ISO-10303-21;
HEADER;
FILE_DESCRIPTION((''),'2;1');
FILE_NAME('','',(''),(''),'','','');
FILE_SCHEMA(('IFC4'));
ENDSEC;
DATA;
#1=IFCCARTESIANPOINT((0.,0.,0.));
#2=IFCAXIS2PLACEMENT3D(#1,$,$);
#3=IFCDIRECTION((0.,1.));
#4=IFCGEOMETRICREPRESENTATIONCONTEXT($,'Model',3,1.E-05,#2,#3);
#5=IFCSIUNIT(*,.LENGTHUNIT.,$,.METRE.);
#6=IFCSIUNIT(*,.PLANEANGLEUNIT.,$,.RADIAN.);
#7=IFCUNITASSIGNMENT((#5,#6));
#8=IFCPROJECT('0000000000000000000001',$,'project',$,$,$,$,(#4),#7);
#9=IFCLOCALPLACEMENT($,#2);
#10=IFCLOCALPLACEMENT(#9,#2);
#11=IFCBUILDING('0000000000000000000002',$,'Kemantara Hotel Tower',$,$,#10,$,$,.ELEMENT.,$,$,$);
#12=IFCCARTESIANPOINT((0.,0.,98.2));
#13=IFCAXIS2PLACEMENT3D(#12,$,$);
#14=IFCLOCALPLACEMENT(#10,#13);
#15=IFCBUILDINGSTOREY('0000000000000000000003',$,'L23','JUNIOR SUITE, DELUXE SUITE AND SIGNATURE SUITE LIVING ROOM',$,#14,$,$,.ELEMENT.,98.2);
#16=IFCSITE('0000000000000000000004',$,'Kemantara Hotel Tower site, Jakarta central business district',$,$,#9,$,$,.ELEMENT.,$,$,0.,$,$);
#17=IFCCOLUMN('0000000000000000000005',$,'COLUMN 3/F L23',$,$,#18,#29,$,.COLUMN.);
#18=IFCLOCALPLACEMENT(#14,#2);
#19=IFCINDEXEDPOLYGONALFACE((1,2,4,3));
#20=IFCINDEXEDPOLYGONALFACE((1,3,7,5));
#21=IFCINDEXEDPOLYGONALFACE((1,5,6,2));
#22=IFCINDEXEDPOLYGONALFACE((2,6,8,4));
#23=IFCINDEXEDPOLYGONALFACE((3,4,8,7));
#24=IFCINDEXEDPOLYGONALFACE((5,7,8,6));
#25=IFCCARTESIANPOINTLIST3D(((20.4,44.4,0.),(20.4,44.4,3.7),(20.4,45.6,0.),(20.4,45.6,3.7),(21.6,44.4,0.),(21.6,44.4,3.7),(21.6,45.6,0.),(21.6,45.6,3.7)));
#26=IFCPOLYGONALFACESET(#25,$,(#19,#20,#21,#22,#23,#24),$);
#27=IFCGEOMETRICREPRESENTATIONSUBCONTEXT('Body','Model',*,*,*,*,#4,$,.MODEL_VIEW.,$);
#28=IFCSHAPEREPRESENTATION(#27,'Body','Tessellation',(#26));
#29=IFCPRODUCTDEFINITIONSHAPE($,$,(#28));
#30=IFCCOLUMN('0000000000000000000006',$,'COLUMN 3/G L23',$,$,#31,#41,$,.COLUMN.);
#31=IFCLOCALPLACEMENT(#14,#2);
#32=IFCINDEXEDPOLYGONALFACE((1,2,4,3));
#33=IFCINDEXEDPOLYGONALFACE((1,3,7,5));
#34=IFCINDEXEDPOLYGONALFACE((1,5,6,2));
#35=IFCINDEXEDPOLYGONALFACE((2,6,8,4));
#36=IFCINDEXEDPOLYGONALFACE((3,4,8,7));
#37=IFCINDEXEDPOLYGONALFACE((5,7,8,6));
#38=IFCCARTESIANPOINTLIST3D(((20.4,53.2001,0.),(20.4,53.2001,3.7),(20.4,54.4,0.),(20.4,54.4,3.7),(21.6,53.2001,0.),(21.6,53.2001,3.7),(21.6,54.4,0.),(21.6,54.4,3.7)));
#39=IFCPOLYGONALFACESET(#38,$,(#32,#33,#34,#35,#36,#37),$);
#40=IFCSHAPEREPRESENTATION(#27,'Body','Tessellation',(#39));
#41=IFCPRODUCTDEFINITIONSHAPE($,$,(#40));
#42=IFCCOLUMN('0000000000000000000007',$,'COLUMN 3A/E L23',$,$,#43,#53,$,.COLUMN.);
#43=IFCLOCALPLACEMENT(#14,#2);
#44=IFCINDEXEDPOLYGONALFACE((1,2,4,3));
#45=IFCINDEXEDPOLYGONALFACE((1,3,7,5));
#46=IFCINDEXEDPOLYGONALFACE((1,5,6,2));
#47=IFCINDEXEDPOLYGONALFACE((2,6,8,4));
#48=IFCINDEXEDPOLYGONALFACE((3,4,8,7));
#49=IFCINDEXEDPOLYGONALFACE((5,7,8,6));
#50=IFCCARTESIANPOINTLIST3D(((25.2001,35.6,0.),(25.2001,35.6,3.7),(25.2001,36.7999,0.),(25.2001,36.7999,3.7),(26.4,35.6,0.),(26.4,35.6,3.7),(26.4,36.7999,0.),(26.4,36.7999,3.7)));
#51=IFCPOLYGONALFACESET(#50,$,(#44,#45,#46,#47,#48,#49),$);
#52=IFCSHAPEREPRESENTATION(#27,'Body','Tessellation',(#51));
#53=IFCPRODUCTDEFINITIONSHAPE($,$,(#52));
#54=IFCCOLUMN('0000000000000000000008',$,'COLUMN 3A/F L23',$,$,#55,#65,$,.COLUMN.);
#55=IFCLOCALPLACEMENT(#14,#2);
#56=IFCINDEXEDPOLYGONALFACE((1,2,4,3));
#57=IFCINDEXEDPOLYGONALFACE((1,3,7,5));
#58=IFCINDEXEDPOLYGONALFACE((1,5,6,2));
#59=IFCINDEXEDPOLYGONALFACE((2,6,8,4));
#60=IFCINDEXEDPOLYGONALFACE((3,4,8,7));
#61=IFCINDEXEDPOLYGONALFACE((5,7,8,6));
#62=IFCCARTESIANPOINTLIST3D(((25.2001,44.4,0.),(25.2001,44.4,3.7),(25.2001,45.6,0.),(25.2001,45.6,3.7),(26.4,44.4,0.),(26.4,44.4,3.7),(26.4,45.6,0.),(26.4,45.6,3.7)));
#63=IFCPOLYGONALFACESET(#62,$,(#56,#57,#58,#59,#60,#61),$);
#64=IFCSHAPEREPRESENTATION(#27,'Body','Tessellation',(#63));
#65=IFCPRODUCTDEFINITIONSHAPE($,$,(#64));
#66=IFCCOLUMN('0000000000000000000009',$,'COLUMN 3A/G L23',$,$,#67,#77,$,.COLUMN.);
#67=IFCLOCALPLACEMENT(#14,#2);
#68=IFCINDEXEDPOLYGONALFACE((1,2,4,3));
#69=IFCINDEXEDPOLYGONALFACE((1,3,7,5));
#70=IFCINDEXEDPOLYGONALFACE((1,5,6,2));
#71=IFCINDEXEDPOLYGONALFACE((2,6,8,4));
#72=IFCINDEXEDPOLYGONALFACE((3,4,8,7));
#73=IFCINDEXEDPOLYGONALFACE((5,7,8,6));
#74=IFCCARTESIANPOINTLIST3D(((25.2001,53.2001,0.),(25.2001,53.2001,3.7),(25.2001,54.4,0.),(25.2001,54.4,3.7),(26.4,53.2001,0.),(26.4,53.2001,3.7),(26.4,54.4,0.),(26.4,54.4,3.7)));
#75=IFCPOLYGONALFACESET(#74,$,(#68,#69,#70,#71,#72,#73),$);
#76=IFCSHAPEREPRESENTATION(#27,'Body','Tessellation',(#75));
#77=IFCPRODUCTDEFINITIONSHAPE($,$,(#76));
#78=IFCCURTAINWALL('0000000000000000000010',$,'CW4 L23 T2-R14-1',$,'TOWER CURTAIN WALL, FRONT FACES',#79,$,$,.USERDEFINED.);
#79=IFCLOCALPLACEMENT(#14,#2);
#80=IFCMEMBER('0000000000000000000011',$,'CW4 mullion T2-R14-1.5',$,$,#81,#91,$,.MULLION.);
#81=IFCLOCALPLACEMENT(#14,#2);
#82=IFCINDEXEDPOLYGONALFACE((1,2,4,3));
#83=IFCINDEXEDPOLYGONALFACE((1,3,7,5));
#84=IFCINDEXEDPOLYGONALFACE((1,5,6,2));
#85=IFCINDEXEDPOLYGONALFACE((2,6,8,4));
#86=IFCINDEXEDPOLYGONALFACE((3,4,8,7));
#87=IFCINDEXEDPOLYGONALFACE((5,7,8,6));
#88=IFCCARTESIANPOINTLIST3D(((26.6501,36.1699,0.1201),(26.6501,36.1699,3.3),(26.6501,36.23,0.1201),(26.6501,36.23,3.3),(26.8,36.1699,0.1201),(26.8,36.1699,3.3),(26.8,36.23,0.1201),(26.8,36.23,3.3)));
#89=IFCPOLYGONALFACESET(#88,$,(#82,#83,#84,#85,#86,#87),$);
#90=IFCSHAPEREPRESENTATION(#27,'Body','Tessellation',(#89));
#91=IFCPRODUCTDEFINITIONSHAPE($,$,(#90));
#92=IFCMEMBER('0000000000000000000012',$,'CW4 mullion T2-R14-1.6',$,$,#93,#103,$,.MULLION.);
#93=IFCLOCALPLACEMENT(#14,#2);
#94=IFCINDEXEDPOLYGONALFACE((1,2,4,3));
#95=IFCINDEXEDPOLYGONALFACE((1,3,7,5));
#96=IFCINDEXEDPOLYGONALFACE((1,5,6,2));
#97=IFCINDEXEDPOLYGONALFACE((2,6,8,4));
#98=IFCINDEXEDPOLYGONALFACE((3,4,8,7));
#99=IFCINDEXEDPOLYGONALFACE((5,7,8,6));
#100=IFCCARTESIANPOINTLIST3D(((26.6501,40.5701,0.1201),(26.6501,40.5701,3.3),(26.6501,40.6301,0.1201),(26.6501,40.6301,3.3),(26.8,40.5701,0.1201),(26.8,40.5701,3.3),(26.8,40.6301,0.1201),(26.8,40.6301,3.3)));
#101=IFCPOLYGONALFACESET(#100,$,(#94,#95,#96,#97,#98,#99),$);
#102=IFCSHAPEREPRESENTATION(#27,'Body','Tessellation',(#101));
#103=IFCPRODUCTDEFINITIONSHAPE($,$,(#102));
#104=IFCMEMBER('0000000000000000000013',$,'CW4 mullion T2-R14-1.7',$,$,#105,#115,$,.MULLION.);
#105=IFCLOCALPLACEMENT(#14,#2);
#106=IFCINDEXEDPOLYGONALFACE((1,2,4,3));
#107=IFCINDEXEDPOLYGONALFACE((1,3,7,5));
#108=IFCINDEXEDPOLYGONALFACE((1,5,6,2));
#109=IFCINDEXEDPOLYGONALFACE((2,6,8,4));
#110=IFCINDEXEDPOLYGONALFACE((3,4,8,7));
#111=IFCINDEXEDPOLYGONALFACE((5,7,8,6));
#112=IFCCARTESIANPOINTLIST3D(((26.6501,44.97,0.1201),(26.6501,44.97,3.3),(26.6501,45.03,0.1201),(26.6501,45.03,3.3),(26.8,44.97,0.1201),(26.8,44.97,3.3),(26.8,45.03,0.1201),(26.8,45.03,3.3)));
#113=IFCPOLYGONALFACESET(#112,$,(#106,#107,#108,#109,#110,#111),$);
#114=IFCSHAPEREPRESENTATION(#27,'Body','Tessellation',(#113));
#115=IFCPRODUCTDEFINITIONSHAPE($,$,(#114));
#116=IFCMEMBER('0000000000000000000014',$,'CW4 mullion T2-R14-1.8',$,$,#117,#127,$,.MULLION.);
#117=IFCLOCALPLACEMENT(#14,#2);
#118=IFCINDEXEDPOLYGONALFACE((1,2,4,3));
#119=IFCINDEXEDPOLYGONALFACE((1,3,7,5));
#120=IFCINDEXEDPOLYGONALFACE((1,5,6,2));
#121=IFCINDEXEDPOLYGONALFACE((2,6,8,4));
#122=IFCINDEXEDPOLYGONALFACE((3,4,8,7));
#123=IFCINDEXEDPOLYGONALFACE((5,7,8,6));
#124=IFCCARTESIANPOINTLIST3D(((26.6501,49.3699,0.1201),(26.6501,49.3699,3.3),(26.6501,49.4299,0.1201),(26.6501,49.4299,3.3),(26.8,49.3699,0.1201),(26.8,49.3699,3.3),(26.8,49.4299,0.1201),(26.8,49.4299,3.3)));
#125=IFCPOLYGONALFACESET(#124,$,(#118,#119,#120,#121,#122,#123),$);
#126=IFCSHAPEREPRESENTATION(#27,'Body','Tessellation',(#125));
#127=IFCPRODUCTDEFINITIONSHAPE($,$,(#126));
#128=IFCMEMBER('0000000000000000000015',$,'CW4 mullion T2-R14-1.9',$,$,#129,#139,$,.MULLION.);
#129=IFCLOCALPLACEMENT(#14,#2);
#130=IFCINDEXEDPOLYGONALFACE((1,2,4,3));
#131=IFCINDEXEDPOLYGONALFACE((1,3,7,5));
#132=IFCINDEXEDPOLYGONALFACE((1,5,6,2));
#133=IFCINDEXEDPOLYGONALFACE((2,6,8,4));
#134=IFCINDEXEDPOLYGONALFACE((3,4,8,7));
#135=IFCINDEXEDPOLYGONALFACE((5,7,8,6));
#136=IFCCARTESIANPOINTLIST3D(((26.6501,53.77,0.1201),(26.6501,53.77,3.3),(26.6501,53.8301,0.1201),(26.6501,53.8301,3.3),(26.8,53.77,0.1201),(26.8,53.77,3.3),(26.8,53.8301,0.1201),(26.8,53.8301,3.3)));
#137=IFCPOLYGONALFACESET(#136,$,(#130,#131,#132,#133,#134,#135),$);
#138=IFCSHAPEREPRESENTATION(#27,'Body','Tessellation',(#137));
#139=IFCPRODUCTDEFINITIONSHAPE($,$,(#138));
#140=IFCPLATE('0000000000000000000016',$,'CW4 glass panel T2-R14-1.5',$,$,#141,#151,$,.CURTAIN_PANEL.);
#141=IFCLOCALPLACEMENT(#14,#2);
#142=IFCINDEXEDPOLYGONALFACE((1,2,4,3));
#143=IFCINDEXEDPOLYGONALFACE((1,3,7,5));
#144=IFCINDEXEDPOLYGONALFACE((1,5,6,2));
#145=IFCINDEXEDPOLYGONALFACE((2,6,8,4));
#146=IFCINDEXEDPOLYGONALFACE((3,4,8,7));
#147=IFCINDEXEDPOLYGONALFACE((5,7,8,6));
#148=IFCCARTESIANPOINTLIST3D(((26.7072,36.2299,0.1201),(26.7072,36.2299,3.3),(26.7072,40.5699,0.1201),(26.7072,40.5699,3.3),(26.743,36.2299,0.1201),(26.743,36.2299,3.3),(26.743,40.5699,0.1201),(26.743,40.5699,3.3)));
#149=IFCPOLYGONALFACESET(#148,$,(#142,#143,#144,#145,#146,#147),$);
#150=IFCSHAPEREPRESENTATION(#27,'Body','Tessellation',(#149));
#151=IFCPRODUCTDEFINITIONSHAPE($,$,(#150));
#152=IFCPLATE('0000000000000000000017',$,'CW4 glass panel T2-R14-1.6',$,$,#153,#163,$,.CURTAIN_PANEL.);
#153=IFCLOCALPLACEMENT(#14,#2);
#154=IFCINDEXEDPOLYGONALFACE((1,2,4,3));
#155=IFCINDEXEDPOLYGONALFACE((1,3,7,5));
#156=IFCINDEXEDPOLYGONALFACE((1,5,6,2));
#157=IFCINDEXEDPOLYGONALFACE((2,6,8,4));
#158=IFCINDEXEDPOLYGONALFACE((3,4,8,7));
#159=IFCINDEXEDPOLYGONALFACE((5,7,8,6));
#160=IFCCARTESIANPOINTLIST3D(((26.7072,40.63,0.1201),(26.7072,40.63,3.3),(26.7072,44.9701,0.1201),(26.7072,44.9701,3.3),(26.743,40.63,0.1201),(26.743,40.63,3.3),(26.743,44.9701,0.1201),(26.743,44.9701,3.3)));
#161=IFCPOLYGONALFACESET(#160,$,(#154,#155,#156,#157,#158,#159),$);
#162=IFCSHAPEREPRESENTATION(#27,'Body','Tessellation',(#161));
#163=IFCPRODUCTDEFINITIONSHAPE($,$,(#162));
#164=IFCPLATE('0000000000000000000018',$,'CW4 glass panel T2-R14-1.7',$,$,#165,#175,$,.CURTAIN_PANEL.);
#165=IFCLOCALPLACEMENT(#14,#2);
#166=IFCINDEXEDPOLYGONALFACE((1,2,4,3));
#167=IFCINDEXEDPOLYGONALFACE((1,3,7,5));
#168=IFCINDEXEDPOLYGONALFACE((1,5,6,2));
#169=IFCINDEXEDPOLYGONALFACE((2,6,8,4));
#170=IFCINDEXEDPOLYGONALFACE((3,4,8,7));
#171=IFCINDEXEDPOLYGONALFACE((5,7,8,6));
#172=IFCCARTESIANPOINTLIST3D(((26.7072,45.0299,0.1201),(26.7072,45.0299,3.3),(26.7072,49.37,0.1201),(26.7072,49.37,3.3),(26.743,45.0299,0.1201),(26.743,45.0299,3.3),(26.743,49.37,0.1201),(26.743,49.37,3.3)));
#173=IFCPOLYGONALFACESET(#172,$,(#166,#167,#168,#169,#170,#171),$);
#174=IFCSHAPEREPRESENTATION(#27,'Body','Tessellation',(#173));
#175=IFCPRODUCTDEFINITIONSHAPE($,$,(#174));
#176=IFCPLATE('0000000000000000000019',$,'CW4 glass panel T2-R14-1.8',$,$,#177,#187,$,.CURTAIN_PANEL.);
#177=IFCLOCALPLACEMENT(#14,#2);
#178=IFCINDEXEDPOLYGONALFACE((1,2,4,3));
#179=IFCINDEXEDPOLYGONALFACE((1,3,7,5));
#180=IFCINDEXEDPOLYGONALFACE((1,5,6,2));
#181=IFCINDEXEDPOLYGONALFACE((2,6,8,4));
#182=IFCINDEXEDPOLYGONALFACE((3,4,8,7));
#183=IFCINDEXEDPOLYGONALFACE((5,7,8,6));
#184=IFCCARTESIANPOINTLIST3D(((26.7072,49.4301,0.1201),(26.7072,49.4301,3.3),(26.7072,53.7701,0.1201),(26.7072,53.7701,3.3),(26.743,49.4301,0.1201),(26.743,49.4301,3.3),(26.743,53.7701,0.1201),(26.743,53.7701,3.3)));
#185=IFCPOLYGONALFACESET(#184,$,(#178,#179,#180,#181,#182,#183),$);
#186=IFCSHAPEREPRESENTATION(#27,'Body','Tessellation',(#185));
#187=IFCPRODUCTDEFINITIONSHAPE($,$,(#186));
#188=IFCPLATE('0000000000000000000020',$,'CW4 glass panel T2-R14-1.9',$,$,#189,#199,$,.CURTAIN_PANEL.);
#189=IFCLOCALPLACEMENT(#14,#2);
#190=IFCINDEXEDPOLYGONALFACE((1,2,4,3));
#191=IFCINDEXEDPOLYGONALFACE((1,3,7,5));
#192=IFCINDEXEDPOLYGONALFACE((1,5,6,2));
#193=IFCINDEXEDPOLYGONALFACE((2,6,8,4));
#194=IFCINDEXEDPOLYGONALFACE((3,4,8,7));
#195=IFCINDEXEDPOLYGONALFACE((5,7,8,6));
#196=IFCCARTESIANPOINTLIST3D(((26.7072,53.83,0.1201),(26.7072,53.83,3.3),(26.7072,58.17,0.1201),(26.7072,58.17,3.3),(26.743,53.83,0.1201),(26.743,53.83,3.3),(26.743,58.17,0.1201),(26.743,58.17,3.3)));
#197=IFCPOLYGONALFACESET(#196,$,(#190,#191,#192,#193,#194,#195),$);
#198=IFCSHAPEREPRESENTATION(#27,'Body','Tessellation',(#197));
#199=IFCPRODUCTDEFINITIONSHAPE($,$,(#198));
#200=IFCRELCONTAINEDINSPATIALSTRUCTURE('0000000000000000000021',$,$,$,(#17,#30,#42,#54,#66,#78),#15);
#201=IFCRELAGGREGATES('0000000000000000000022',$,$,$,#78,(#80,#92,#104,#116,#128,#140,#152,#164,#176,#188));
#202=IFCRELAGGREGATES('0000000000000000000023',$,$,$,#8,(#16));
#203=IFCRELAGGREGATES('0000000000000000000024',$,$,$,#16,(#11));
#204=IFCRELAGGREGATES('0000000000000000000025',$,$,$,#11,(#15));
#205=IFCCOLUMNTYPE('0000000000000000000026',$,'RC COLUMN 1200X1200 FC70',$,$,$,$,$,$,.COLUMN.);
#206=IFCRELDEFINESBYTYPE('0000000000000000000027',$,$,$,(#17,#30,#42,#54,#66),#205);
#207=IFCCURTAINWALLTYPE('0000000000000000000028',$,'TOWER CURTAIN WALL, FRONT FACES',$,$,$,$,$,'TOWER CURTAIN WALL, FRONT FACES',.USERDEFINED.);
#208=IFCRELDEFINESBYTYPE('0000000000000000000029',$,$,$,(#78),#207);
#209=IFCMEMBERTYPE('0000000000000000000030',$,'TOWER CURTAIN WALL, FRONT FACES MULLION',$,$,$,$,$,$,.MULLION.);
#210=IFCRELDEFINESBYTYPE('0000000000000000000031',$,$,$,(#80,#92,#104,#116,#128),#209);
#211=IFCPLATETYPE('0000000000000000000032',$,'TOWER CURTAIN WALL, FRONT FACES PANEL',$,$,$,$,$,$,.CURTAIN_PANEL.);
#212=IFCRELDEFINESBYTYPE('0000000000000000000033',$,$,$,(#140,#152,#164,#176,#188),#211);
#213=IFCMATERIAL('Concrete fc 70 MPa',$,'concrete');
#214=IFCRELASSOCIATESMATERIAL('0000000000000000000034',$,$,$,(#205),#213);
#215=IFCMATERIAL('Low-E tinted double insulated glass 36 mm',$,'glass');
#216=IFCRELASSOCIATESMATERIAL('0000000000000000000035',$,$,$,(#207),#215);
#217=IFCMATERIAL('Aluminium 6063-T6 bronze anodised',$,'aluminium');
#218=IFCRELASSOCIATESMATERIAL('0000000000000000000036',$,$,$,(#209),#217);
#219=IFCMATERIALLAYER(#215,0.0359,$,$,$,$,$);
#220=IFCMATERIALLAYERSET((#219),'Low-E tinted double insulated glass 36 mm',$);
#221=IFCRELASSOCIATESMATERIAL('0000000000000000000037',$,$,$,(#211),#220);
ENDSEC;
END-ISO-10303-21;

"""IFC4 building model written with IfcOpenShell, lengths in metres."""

from ifc_helpers import new_model, si_unit, direction, frame, origin, origin_2d, place, context, subcontext, project, spatial, rectangle, extrude, source, transform, mapped, material, layer, layer_set, material_profile, profile_set, type_object, element, aggregate, save


model = new_model("IFC4")

# Units and contexts
model_context = context("Model", 3, precision=1e-05, world=origin(), true_north=direction((0.0, 1.0)))
body_context = subcontext(model_context, "Body", "Model", "MODEL_VIEW")
ifc_project = project(units=[si_unit("LENGTHUNIT", "METRE"), si_unit("PLANEANGLEUNIT", "RADIAN")], contexts=[model_context])

# Site, building, storey
site_placement = place(None, origin())
site = spatial("IfcSite", under=ifc_project, at=site_placement, Name="Kemantara Hotel Tower site, Jakarta central business district", CompositionType="ELEMENT", RefElevation=0.0)
building_placement = place(site_placement, origin())
building = spatial("IfcBuilding", under=site, at=building_placement, Name="Kemantara Hotel Tower", CompositionType="ELEMENT")
storey_placement = place(building_placement, frame((0.0, 0.0, 98.2)))
storey = spatial("IfcBuildingStorey", under=building, at=storey_placement, Name="L23", Description="JUNIOR SUITE, DELUXE SUITE AND SIGNATURE SUITE LIVING ROOM", CompositionType="ELEMENT", Elevation=98.2)

# Columns
ifc_material_1 = material(Name="Concrete fc 70 MPa", Category="concrete")
ifc_material_profile_1 = material_profile(ifc_material_1, rectangle(XDim=1.2, YDim=1.2, at=origin_2d()), Name="RC 1200X1200")
ifc_profile_set_1 = profile_set([ifc_material_profile_1], Name="Concrete fc 70 MPa")
column_type = type_object("IfcColumnType", Name="RC COLUMN 1200X1200 FC70", PredefinedType="COLUMN", material=ifc_profile_set_1)
for number, where, z_axis, x_axis, name in (
    (1, (21.0, 45.0, 0.0), (0.0, 0.0, 1.0), (1.0, 0.0, 0.0), "COLUMN 3/F L23"),
    (2, (21.0, 53.8, 0.0), (0.0, 0.0, 1.0), (1.0, 0.0, 0.0), "COLUMN 3/G L23"),
    (3, (25.8, 36.2, 0.0), (0.0, 0.0, 1.0), (1.0, 0.0, 0.0), "COLUMN 3A/E L23"),
    (4, (25.8, 45.0, 0.0), (0.0, 0.0, 1.0), (1.0, 0.0, 0.0), "COLUMN 3A/F L23"),
    (5, (25.8, 53.8, 0.0), (0.0, 0.0, 1.0), (1.0, 0.0, 0.0), "COLUMN 3A/G L23"),
):
    element("IfcColumn", number, at=place(storey_placement, frame(where, z_axis=z_axis, x_axis=x_axis)), inside=storey, type_object=column_type, Name=name, PredefinedType="COLUMN", context=body_context, shape_type="SweptSolid", body=[
        extrude(rectangle(XDim=1.2, YDim=1.2, at=origin_2d()), origin(), (0.0, 0.0, 1.0), 3.7),
    ])

# Curtain wall, members, plates
ifc_material_2 = material(Name="Low-E tinted double insulated glass 36 mm", Category="glass")
curtain_wall_type = type_object("IfcCurtainWallType", Name="TOWER CURTAIN WALL, FRONT FACES", ElementType="TOWER CURTAIN WALL, FRONT FACES", PredefinedType="USERDEFINED", material=ifc_material_2)
curtain_wall_placement = place(storey_placement, origin())
curtain_wall = element("IfcCurtainWall", 6, at=curtain_wall_placement, inside=storey, type_object=curtain_wall_type, Name="CW4 L23 T2-R14-1", ObjectType="TOWER CURTAIN WALL, FRONT FACES", PredefinedType="USERDEFINED")
ifc_material_3 = material(Name="Aluminium 6063-T6 bronze anodised", Category="aluminium")
ifc_material_profile_2 = material_profile(ifc_material_3, rectangle(XDim=0.1499, YDim=0.0601, at=origin_2d()), Name="TOWER CURTAIN WALL, FRONT FACES MULLION")
ifc_profile_set_2 = profile_set([ifc_material_profile_2], Name="Aluminium 6063-T6 bronze anodised")
member_type = type_object("IfcMemberType", Name="TOWER CURTAIN WALL, FRONT FACES MULLION", PredefinedType="MULLION", material=ifc_profile_set_2)
shared_shape_1 = source(origin(), body_context, "Body", "SweptSolid", [
    extrude(rectangle(XDim=0.1499, YDim=0.0601, at=origin_2d()), origin(), (0.0, 0.0, 1.0), 3.1799),
])
member_1_placement = place(storey_placement, frame((26.7251, 36.2, 0.1201), z_axis=(0.0, 0.0, 1.0), x_axis=(-1.0, 0.0, 0.0)))
member_1 = element("IfcMember", 7, at=member_1_placement, type_object=member_type, Name="CW4 mullion T2-R14-1.5", PredefinedType="MULLION", context=body_context, shape_type="MappedRepresentation", body=[
    mapped(shared_shape_1, transform((0.0, 0.0, 0.0))),
])
member_2_placement = place(storey_placement, frame((26.7251, 40.6001, 0.1201), z_axis=(0.0, 0.0, 1.0), x_axis=(-1.0, 0.0, 0.0)))
member_2 = element("IfcMember", 8, at=member_2_placement, type_object=member_type, Name="CW4 mullion T2-R14-1.6", PredefinedType="MULLION", context=body_context, shape_type="MappedRepresentation", body=[
    mapped(shared_shape_1, transform((0.0, 0.0, 0.0))),
])
member_3_placement = place(storey_placement, frame((26.7251, 45.0, 0.1201), z_axis=(0.0, 0.0, 1.0), x_axis=(-1.0, 0.0, 0.0)))
member_3 = element("IfcMember", 9, at=member_3_placement, type_object=member_type, Name="CW4 mullion T2-R14-1.7", PredefinedType="MULLION", context=body_context, shape_type="MappedRepresentation", body=[
    mapped(shared_shape_1, transform((0.0, 0.0, 0.0))),
])
member_4_placement = place(storey_placement, frame((26.7251, 49.3999, 0.1201), z_axis=(0.0, 0.0, 1.0), x_axis=(-1.0, 0.0, 0.0)))
member_4 = element("IfcMember", 10, at=member_4_placement, type_object=member_type, Name="CW4 mullion T2-R14-1.8", PredefinedType="MULLION", context=body_context, shape_type="MappedRepresentation", body=[
    mapped(shared_shape_1, transform((0.0, 0.0, 0.0))),
])
member_5_placement = place(storey_placement, frame((26.7251, 53.8, 0.1201), z_axis=(0.0, 0.0, 1.0), x_axis=(-1.0, 0.0, 0.0)))
member_5 = element("IfcMember", 11, at=member_5_placement, type_object=member_type, Name="CW4 mullion T2-R14-1.9", PredefinedType="MULLION", context=body_context, shape_type="MappedRepresentation", body=[
    mapped(shared_shape_1, transform((0.0, 0.0, 0.0))),
])
ifc_layer_1 = layer(ifc_material_2, 0.0359)
ifc_layer_set_1 = layer_set([ifc_layer_1], Name="Low-E tinted double insulated glass 36 mm")
plate_type = type_object("IfcPlateType", Name="TOWER CURTAIN WALL, FRONT FACES PANEL", PredefinedType="CURTAIN_PANEL", material=ifc_layer_set_1)
shared_shape_2 = source(origin(), body_context, "Body", "SweptSolid", [
    extrude(rectangle(XDim=4.3401, YDim=0.0359, at=origin_2d()), origin(), (0.0, 0.0, 1.0), 3.1799),
])
plate_1_placement = place(storey_placement, frame((26.7251, 38.3999, 0.1201), z_axis=(0.0, 0.0, 1.0), x_axis=(0.0, 1.0, 0.0)))
plate_1 = element("IfcPlate", 12, at=plate_1_placement, type_object=plate_type, Name="CW4 glass panel T2-R14-1.5", PredefinedType="CURTAIN_PANEL", context=body_context, shape_type="MappedRepresentation", body=[
    mapped(shared_shape_2, transform((0.0, 0.0, 0.0))),
])
plate_2_placement = place(storey_placement, frame((26.7251, 42.8, 0.1201), z_axis=(0.0, 0.0, 1.0), x_axis=(0.0, 1.0, 0.0)))
plate_2 = element("IfcPlate", 13, at=plate_2_placement, type_object=plate_type, Name="CW4 glass panel T2-R14-1.6", PredefinedType="CURTAIN_PANEL", context=body_context, shape_type="MappedRepresentation", body=[
    mapped(shared_shape_2, transform((0.0, 0.0, 0.0))),
])
plate_3_placement = place(storey_placement, frame((26.7251, 47.2, 0.1201), z_axis=(0.0, 0.0, 1.0), x_axis=(0.0, 1.0, 0.0)))
plate_3 = element("IfcPlate", 14, at=plate_3_placement, type_object=plate_type, Name="CW4 glass panel T2-R14-1.7", PredefinedType="CURTAIN_PANEL", context=body_context, shape_type="MappedRepresentation", body=[
    mapped(shared_shape_2, transform((0.0, 0.0, 0.0))),
])
plate_4_placement = place(storey_placement, frame((26.7251, 51.6001, 0.1201), z_axis=(0.0, 0.0, 1.0), x_axis=(0.0, 1.0, 0.0)))
plate_4 = element("IfcPlate", 15, at=plate_4_placement, type_object=plate_type, Name="CW4 glass panel T2-R14-1.8", PredefinedType="CURTAIN_PANEL", context=body_context, shape_type="MappedRepresentation", body=[
    mapped(shared_shape_2, transform((0.0, 0.0, 0.0))),
])
plate_5_placement = place(storey_placement, frame((26.7251, 56.0, 0.1201), z_axis=(0.0, 0.0, 1.0), x_axis=(0.0, 1.0, 0.0)))
plate_5 = element("IfcPlate", 16, at=plate_5_placement, type_object=plate_type, Name="CW4 glass panel T2-R14-1.9", PredefinedType="CURTAIN_PANEL", context=body_context, shape_type="MappedRepresentation", body=[
    mapped(shared_shape_2, transform((0.0, 0.0, 0.0))),
])
aggregate(curtain_wall, [member_1, member_2, member_3, member_4, member_5, plate_1, plate_2, plate_3, plate_4, plate_5])

save(model, "model.ifc")
